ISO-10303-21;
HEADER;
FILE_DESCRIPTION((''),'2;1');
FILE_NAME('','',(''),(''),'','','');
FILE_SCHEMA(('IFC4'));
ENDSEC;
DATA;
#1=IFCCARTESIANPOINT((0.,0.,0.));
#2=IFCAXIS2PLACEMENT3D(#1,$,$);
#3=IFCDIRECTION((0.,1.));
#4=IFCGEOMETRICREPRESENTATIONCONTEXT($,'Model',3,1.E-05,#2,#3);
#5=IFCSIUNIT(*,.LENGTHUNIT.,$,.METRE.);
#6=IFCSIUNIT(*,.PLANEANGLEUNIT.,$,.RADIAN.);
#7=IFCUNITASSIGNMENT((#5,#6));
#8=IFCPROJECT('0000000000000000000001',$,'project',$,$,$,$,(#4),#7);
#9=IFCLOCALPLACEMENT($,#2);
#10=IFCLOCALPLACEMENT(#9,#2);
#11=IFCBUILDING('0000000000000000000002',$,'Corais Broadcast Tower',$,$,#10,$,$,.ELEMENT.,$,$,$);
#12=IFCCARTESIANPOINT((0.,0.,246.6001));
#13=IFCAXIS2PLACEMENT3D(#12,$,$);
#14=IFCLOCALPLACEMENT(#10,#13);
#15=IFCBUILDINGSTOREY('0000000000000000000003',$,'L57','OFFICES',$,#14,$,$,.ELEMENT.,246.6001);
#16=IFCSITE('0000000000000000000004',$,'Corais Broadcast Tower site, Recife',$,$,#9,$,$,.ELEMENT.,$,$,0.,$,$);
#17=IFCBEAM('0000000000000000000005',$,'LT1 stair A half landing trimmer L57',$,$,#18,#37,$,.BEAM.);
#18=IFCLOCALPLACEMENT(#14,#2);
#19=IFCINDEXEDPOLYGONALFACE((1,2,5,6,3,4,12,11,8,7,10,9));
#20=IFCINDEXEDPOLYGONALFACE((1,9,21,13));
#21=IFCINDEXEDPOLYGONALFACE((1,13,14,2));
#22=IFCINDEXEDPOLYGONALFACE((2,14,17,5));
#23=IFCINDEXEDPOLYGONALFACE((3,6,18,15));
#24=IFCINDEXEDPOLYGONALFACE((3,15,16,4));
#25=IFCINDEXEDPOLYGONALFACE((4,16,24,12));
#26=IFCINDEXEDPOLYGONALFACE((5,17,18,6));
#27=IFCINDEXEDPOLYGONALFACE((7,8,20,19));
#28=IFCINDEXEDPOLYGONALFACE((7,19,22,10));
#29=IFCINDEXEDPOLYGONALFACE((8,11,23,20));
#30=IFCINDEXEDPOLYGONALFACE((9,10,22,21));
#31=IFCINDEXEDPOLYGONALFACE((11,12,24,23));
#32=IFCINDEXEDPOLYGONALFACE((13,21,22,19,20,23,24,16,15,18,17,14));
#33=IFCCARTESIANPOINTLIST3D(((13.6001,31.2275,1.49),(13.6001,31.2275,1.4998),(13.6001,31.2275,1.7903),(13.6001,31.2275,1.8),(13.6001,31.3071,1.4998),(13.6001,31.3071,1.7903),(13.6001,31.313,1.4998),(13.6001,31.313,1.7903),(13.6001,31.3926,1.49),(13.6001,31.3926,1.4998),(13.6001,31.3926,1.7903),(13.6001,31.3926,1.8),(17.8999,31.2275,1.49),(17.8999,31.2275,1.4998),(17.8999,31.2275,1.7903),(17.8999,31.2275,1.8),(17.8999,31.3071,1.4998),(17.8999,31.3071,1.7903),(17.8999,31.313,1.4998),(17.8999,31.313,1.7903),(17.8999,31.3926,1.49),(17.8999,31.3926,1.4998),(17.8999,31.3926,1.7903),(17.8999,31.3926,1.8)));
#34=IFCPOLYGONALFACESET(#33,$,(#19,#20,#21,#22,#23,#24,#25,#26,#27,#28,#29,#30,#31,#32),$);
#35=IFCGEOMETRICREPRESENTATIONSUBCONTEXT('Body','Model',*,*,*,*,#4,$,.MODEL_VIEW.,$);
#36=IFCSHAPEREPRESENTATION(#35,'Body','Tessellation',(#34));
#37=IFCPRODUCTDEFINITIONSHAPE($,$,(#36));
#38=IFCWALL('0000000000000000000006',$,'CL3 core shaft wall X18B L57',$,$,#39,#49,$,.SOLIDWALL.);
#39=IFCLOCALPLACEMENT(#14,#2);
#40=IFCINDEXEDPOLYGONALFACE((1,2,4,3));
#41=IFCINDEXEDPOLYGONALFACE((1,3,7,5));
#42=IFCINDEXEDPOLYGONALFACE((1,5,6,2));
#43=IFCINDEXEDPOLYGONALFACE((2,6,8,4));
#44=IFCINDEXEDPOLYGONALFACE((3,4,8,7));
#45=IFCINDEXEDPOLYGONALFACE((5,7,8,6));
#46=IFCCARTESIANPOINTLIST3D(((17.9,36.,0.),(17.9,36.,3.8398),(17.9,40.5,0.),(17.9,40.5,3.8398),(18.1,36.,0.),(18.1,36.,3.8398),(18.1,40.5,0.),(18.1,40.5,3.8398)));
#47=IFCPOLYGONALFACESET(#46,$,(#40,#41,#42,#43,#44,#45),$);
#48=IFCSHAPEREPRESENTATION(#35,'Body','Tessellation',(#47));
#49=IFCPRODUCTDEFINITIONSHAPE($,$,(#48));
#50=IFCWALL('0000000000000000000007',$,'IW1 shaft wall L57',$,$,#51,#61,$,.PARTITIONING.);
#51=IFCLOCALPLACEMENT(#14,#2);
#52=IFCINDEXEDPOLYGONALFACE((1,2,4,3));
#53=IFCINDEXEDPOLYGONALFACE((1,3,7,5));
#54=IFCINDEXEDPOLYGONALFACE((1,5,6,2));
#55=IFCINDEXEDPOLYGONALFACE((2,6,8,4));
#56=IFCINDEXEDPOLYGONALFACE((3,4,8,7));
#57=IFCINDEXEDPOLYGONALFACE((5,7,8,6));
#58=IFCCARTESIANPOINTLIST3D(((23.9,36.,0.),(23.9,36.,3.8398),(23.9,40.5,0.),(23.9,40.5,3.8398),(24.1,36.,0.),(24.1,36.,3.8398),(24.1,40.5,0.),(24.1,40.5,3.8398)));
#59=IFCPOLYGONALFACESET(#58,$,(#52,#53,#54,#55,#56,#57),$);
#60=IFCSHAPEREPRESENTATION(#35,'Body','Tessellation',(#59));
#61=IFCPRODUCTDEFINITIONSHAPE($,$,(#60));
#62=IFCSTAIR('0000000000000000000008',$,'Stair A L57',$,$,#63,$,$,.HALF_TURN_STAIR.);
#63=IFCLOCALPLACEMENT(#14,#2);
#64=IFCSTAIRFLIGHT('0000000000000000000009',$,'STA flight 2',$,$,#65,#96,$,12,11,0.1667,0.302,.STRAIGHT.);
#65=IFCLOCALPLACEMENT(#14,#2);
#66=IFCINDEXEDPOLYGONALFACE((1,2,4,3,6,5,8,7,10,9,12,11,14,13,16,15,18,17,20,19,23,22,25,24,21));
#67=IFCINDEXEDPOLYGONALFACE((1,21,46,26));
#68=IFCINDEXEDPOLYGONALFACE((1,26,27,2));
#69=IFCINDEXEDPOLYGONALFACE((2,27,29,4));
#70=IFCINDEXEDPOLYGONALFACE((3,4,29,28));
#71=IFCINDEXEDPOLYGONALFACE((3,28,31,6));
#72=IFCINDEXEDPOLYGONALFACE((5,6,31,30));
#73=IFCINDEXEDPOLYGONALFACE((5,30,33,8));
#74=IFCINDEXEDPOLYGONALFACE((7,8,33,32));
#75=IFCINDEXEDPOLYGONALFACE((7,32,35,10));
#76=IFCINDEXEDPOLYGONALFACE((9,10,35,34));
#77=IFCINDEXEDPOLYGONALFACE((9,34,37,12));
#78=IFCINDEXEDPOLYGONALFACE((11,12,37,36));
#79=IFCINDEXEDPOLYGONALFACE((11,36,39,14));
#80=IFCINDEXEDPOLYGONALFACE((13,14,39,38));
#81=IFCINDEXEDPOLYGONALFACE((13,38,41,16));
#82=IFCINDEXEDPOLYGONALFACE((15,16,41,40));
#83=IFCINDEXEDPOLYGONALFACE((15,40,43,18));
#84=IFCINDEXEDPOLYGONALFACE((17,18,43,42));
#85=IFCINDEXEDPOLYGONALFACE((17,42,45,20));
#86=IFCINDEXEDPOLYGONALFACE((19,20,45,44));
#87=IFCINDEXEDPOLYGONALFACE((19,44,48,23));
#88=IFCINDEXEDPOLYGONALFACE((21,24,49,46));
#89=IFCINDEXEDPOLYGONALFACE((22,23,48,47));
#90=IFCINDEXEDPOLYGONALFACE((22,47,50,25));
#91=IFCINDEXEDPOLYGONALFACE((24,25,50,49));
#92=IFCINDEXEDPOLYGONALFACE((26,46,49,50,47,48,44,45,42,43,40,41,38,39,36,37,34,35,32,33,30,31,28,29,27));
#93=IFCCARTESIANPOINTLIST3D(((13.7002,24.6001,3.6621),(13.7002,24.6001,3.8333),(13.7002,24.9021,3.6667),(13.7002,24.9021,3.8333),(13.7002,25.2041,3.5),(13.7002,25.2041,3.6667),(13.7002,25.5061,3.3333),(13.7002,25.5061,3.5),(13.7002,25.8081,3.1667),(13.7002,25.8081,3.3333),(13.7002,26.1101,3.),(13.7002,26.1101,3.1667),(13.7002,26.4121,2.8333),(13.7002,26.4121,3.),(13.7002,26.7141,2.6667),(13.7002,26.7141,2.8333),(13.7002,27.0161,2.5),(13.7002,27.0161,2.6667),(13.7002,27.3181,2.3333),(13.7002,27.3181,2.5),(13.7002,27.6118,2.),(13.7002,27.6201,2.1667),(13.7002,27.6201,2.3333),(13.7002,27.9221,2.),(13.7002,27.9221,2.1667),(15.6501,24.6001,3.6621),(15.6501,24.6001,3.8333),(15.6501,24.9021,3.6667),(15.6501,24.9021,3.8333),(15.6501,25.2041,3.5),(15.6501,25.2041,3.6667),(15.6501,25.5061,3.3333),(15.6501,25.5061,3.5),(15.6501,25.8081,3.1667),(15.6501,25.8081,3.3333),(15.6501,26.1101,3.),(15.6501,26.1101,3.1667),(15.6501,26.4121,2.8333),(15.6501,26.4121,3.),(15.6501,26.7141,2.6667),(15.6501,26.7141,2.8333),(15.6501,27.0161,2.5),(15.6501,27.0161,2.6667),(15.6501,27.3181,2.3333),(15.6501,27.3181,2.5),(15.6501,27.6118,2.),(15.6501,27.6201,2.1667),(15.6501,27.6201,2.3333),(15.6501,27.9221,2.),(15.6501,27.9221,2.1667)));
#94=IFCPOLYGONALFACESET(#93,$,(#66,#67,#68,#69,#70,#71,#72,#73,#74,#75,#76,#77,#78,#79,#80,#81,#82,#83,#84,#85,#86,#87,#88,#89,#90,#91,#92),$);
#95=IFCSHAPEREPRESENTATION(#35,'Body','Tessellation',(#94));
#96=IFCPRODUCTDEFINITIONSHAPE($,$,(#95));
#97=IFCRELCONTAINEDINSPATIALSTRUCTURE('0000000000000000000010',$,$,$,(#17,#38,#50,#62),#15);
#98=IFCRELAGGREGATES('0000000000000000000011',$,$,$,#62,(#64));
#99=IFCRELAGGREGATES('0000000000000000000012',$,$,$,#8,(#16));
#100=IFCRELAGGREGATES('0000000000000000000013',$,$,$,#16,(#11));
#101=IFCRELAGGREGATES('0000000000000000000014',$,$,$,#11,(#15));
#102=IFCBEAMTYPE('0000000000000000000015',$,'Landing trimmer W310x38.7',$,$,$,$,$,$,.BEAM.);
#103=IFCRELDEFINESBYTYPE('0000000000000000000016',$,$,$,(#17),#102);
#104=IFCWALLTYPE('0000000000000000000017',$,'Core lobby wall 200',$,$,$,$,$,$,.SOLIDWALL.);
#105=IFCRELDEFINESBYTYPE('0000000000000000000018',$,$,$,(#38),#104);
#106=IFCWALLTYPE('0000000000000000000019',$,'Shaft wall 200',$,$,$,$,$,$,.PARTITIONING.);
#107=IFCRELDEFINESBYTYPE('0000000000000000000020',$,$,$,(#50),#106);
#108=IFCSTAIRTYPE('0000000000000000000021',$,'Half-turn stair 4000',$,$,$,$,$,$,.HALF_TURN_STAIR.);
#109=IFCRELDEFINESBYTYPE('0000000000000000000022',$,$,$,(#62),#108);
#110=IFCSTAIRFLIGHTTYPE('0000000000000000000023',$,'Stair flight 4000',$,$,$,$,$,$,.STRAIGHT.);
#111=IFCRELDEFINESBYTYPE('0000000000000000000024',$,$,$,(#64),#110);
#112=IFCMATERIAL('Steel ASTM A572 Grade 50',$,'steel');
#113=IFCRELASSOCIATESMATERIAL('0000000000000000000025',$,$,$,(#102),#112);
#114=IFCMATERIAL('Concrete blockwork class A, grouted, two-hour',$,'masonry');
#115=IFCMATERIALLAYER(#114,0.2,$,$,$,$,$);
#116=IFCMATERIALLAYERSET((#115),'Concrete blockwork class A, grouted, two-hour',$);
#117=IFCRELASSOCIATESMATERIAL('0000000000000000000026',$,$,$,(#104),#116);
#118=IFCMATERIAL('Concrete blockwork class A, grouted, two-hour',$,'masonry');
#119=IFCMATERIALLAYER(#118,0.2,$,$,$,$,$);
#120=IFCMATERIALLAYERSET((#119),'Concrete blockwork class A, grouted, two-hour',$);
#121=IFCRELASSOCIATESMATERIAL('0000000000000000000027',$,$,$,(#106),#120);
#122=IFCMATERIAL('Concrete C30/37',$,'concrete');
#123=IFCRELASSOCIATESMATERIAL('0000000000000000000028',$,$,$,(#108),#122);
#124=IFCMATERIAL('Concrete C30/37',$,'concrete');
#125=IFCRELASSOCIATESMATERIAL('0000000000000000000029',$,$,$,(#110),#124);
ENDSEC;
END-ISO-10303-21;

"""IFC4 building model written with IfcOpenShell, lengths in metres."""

from ifc_helpers import new_model, si_unit, direction, frame, frame_2d, origin, origin_2d, place, context, subcontext, project, spatial, polyline, rectangle, i_section, outline, extrude, material, layer, layer_set, material_profile, profile_set, type_object, element, aggregate, save


model = new_model("IFC4")

# Units and contexts
model_context = context("Model", 3, precision=1e-05, world=origin(), true_north=direction((0.0, 1.0)))
body_context = subcontext(model_context, "Body", "Model", "MODEL_VIEW")
ifc_project = project(units=[si_unit("LENGTHUNIT", "METRE"), si_unit("PLANEANGLEUNIT", "RADIAN")], contexts=[model_context])

# Site, building, storey
site_placement = place(None, origin())
site = spatial("IfcSite", under=ifc_project, at=site_placement, Name="Corais Broadcast Tower site, Recife", CompositionType="ELEMENT", RefElevation=0.0)
building_placement = place(site_placement, origin())
building = spatial("IfcBuilding", under=site, at=building_placement, Name="Corais Broadcast Tower", CompositionType="ELEMENT")
storey_placement = place(building_placement, frame((0.0, 0.0, 246.6001)))
storey = spatial("IfcBuildingStorey", under=building, at=storey_placement, Name="L57", Description="OFFICES", CompositionType="ELEMENT", Elevation=246.6001)

# Beam
ifc_material_1 = material(Name="Steel ASTM A572 Grade 50", Category="steel")
ifc_material_profile = material_profile(ifc_material_1, i_section(OverallWidth=0.165, OverallDepth=0.3101, WebThickness=0.0059, FlangeThickness=0.0098, at=origin_2d()), Name="W310x38.7")
ifc_profile_set = profile_set([ifc_material_profile], Name="Steel ASTM A572 Grade 50")
beam_type = type_object("IfcBeamType", Name="Landing trimmer W310x38.7", PredefinedType="BEAM", material=ifc_profile_set)
beam_placement = place(storey_placement, frame((13.6001, 31.3101, 1.645), z_axis=(1.0, 0.0, 0.0), x_axis=(0.0, 1.0, 0.0)))
element("IfcBeam", 1, at=beam_placement, inside=storey, type_object=beam_type, Name="LT1 stair A half landing trimmer L57", PredefinedType="BEAM", context=body_context, shape_type="SweptSolid", body=[
    extrude(i_section(OverallWidth=0.165, OverallDepth=0.3101, WebThickness=0.0059, FlangeThickness=0.0098, at=origin_2d()), origin(), (0.0, 0.0, 1.0), 4.2998),
])

# Walls
ifc_material_2 = material(Name="Concrete blockwork class A, grouted, two-hour", Category="masonry")
ifc_layer_1 = layer(ifc_material_2, 0.2)
ifc_layer_set_1 = layer_set([ifc_layer_1], Name="Concrete blockwork class A, grouted, two-hour")
wall_type_1 = type_object("IfcWallType", Name="Core lobby wall 200", PredefinedType="SOLIDWALL", material=ifc_layer_set_1)
wall_1_placement = place(storey_placement, frame((18.0, 36.0, 0.0), z_axis=(0.0, 0.0, 1.0), x_axis=(0.0, 1.0, 0.0)))
element("IfcWall", 2, at=wall_1_placement, inside=storey, type_object=wall_type_1, Name="CL3 core shaft wall X18B L57", PredefinedType="SOLIDWALL", context=body_context, shape_type="SweptSolid", body=[
    extrude(rectangle(XDim=4.5, YDim=0.2, at=frame_2d((2.25, 0.0))), origin(), (0.0, 0.0, 1.0), 3.8398),
])
ifc_material_3 = material(Name="Concrete blockwork class A, grouted, two-hour", Category="masonry")
ifc_layer_2 = layer(ifc_material_3, 0.2)
ifc_layer_set_2 = layer_set([ifc_layer_2], Name="Concrete blockwork class A, grouted, two-hour")
wall_type_2 = type_object("IfcWallType", Name="Shaft wall 200", PredefinedType="PARTITIONING", material=ifc_layer_set_2)
wall_2_placement = place(storey_placement, frame((24.0, 36.0, 0.0), z_axis=(0.0, 0.0, 1.0), x_axis=(0.0, 1.0, 0.0)))
element("IfcWall", 3, at=wall_2_placement, inside=storey, type_object=wall_type_2, Name="IW1 shaft wall L57", PredefinedType="PARTITIONING", context=body_context, shape_type="SweptSolid", body=[
    extrude(rectangle(XDim=4.5, YDim=0.2, at=frame_2d((2.25, 0.0))), origin(), (0.0, 0.0, 1.0), 3.8398),
])

# Stair, stair flight
ifc_material_4 = material(Name="Concrete C30/37", Category="concrete")
stair_type = type_object("IfcStairType", Name="Half-turn stair 4000", PredefinedType="HALF_TURN_STAIR", material=ifc_material_4)
stair_placement = place(storey_placement, origin())
stair = element("IfcStair", 4, at=stair_placement, inside=storey, type_object=stair_type, Name="Stair A L57", PredefinedType="HALF_TURN_STAIR")
ifc_material_5 = material(Name="Concrete C30/37", Category="concrete")
stair_flight_type = type_object("IfcStairFlightType", Name="Stair flight 4000", PredefinedType="STRAIGHT", material=ifc_material_5)
stair_flight_placement = place(storey_placement, frame((14.675, 27.9221, 2.0), z_axis=(0.0, 0.0, 1.0), x_axis=(0.0, -1.0, 0.0)))
stair_flight = element("IfcStairFlight", 5, at=stair_flight_placement, type_object=stair_flight_type, Name="STA flight 2", NumberOfRisers=12, NumberOfTreads=11, PredefinedType="STRAIGHT", RiserHeight=0.1667, TreadLength=0.302, context=body_context, shape_type="SweptSolid", body=[
    extrude(outline(polyline([(0.0, 0.0), (0.0, 0.1667), (0.302, 0.1667), (0.302, 0.3333), (0.604, 0.3333), (0.604, 0.5), (0.906, 0.5), (0.906, 0.6667), (1.208, 0.6667), (1.208, 0.8333), (1.51, 0.8333), (1.51, 1.0), (1.812, 1.0), (1.812, 1.1667), (2.114, 1.1667), (2.114, 1.3333), (2.416, 1.3333), (2.416, 1.5), (2.718, 1.5), (2.718, 1.6667), (3.02, 1.6667), (3.02, 1.8333), (3.322, 1.8333), (3.322, 2.0), (3.322, 1.6621), (0.3103, 0.0), (0.0, 0.0)])), frame((0.0, 0.9751, 0.0), z_axis=(0.0, -1.0, 0.0), x_axis=(1.0, 0.0, 0.0)), (0.0, 0.0, 1.0), 1.95),
])
aggregate(stair, [stair_flight])

save(model, "model.ifc")
